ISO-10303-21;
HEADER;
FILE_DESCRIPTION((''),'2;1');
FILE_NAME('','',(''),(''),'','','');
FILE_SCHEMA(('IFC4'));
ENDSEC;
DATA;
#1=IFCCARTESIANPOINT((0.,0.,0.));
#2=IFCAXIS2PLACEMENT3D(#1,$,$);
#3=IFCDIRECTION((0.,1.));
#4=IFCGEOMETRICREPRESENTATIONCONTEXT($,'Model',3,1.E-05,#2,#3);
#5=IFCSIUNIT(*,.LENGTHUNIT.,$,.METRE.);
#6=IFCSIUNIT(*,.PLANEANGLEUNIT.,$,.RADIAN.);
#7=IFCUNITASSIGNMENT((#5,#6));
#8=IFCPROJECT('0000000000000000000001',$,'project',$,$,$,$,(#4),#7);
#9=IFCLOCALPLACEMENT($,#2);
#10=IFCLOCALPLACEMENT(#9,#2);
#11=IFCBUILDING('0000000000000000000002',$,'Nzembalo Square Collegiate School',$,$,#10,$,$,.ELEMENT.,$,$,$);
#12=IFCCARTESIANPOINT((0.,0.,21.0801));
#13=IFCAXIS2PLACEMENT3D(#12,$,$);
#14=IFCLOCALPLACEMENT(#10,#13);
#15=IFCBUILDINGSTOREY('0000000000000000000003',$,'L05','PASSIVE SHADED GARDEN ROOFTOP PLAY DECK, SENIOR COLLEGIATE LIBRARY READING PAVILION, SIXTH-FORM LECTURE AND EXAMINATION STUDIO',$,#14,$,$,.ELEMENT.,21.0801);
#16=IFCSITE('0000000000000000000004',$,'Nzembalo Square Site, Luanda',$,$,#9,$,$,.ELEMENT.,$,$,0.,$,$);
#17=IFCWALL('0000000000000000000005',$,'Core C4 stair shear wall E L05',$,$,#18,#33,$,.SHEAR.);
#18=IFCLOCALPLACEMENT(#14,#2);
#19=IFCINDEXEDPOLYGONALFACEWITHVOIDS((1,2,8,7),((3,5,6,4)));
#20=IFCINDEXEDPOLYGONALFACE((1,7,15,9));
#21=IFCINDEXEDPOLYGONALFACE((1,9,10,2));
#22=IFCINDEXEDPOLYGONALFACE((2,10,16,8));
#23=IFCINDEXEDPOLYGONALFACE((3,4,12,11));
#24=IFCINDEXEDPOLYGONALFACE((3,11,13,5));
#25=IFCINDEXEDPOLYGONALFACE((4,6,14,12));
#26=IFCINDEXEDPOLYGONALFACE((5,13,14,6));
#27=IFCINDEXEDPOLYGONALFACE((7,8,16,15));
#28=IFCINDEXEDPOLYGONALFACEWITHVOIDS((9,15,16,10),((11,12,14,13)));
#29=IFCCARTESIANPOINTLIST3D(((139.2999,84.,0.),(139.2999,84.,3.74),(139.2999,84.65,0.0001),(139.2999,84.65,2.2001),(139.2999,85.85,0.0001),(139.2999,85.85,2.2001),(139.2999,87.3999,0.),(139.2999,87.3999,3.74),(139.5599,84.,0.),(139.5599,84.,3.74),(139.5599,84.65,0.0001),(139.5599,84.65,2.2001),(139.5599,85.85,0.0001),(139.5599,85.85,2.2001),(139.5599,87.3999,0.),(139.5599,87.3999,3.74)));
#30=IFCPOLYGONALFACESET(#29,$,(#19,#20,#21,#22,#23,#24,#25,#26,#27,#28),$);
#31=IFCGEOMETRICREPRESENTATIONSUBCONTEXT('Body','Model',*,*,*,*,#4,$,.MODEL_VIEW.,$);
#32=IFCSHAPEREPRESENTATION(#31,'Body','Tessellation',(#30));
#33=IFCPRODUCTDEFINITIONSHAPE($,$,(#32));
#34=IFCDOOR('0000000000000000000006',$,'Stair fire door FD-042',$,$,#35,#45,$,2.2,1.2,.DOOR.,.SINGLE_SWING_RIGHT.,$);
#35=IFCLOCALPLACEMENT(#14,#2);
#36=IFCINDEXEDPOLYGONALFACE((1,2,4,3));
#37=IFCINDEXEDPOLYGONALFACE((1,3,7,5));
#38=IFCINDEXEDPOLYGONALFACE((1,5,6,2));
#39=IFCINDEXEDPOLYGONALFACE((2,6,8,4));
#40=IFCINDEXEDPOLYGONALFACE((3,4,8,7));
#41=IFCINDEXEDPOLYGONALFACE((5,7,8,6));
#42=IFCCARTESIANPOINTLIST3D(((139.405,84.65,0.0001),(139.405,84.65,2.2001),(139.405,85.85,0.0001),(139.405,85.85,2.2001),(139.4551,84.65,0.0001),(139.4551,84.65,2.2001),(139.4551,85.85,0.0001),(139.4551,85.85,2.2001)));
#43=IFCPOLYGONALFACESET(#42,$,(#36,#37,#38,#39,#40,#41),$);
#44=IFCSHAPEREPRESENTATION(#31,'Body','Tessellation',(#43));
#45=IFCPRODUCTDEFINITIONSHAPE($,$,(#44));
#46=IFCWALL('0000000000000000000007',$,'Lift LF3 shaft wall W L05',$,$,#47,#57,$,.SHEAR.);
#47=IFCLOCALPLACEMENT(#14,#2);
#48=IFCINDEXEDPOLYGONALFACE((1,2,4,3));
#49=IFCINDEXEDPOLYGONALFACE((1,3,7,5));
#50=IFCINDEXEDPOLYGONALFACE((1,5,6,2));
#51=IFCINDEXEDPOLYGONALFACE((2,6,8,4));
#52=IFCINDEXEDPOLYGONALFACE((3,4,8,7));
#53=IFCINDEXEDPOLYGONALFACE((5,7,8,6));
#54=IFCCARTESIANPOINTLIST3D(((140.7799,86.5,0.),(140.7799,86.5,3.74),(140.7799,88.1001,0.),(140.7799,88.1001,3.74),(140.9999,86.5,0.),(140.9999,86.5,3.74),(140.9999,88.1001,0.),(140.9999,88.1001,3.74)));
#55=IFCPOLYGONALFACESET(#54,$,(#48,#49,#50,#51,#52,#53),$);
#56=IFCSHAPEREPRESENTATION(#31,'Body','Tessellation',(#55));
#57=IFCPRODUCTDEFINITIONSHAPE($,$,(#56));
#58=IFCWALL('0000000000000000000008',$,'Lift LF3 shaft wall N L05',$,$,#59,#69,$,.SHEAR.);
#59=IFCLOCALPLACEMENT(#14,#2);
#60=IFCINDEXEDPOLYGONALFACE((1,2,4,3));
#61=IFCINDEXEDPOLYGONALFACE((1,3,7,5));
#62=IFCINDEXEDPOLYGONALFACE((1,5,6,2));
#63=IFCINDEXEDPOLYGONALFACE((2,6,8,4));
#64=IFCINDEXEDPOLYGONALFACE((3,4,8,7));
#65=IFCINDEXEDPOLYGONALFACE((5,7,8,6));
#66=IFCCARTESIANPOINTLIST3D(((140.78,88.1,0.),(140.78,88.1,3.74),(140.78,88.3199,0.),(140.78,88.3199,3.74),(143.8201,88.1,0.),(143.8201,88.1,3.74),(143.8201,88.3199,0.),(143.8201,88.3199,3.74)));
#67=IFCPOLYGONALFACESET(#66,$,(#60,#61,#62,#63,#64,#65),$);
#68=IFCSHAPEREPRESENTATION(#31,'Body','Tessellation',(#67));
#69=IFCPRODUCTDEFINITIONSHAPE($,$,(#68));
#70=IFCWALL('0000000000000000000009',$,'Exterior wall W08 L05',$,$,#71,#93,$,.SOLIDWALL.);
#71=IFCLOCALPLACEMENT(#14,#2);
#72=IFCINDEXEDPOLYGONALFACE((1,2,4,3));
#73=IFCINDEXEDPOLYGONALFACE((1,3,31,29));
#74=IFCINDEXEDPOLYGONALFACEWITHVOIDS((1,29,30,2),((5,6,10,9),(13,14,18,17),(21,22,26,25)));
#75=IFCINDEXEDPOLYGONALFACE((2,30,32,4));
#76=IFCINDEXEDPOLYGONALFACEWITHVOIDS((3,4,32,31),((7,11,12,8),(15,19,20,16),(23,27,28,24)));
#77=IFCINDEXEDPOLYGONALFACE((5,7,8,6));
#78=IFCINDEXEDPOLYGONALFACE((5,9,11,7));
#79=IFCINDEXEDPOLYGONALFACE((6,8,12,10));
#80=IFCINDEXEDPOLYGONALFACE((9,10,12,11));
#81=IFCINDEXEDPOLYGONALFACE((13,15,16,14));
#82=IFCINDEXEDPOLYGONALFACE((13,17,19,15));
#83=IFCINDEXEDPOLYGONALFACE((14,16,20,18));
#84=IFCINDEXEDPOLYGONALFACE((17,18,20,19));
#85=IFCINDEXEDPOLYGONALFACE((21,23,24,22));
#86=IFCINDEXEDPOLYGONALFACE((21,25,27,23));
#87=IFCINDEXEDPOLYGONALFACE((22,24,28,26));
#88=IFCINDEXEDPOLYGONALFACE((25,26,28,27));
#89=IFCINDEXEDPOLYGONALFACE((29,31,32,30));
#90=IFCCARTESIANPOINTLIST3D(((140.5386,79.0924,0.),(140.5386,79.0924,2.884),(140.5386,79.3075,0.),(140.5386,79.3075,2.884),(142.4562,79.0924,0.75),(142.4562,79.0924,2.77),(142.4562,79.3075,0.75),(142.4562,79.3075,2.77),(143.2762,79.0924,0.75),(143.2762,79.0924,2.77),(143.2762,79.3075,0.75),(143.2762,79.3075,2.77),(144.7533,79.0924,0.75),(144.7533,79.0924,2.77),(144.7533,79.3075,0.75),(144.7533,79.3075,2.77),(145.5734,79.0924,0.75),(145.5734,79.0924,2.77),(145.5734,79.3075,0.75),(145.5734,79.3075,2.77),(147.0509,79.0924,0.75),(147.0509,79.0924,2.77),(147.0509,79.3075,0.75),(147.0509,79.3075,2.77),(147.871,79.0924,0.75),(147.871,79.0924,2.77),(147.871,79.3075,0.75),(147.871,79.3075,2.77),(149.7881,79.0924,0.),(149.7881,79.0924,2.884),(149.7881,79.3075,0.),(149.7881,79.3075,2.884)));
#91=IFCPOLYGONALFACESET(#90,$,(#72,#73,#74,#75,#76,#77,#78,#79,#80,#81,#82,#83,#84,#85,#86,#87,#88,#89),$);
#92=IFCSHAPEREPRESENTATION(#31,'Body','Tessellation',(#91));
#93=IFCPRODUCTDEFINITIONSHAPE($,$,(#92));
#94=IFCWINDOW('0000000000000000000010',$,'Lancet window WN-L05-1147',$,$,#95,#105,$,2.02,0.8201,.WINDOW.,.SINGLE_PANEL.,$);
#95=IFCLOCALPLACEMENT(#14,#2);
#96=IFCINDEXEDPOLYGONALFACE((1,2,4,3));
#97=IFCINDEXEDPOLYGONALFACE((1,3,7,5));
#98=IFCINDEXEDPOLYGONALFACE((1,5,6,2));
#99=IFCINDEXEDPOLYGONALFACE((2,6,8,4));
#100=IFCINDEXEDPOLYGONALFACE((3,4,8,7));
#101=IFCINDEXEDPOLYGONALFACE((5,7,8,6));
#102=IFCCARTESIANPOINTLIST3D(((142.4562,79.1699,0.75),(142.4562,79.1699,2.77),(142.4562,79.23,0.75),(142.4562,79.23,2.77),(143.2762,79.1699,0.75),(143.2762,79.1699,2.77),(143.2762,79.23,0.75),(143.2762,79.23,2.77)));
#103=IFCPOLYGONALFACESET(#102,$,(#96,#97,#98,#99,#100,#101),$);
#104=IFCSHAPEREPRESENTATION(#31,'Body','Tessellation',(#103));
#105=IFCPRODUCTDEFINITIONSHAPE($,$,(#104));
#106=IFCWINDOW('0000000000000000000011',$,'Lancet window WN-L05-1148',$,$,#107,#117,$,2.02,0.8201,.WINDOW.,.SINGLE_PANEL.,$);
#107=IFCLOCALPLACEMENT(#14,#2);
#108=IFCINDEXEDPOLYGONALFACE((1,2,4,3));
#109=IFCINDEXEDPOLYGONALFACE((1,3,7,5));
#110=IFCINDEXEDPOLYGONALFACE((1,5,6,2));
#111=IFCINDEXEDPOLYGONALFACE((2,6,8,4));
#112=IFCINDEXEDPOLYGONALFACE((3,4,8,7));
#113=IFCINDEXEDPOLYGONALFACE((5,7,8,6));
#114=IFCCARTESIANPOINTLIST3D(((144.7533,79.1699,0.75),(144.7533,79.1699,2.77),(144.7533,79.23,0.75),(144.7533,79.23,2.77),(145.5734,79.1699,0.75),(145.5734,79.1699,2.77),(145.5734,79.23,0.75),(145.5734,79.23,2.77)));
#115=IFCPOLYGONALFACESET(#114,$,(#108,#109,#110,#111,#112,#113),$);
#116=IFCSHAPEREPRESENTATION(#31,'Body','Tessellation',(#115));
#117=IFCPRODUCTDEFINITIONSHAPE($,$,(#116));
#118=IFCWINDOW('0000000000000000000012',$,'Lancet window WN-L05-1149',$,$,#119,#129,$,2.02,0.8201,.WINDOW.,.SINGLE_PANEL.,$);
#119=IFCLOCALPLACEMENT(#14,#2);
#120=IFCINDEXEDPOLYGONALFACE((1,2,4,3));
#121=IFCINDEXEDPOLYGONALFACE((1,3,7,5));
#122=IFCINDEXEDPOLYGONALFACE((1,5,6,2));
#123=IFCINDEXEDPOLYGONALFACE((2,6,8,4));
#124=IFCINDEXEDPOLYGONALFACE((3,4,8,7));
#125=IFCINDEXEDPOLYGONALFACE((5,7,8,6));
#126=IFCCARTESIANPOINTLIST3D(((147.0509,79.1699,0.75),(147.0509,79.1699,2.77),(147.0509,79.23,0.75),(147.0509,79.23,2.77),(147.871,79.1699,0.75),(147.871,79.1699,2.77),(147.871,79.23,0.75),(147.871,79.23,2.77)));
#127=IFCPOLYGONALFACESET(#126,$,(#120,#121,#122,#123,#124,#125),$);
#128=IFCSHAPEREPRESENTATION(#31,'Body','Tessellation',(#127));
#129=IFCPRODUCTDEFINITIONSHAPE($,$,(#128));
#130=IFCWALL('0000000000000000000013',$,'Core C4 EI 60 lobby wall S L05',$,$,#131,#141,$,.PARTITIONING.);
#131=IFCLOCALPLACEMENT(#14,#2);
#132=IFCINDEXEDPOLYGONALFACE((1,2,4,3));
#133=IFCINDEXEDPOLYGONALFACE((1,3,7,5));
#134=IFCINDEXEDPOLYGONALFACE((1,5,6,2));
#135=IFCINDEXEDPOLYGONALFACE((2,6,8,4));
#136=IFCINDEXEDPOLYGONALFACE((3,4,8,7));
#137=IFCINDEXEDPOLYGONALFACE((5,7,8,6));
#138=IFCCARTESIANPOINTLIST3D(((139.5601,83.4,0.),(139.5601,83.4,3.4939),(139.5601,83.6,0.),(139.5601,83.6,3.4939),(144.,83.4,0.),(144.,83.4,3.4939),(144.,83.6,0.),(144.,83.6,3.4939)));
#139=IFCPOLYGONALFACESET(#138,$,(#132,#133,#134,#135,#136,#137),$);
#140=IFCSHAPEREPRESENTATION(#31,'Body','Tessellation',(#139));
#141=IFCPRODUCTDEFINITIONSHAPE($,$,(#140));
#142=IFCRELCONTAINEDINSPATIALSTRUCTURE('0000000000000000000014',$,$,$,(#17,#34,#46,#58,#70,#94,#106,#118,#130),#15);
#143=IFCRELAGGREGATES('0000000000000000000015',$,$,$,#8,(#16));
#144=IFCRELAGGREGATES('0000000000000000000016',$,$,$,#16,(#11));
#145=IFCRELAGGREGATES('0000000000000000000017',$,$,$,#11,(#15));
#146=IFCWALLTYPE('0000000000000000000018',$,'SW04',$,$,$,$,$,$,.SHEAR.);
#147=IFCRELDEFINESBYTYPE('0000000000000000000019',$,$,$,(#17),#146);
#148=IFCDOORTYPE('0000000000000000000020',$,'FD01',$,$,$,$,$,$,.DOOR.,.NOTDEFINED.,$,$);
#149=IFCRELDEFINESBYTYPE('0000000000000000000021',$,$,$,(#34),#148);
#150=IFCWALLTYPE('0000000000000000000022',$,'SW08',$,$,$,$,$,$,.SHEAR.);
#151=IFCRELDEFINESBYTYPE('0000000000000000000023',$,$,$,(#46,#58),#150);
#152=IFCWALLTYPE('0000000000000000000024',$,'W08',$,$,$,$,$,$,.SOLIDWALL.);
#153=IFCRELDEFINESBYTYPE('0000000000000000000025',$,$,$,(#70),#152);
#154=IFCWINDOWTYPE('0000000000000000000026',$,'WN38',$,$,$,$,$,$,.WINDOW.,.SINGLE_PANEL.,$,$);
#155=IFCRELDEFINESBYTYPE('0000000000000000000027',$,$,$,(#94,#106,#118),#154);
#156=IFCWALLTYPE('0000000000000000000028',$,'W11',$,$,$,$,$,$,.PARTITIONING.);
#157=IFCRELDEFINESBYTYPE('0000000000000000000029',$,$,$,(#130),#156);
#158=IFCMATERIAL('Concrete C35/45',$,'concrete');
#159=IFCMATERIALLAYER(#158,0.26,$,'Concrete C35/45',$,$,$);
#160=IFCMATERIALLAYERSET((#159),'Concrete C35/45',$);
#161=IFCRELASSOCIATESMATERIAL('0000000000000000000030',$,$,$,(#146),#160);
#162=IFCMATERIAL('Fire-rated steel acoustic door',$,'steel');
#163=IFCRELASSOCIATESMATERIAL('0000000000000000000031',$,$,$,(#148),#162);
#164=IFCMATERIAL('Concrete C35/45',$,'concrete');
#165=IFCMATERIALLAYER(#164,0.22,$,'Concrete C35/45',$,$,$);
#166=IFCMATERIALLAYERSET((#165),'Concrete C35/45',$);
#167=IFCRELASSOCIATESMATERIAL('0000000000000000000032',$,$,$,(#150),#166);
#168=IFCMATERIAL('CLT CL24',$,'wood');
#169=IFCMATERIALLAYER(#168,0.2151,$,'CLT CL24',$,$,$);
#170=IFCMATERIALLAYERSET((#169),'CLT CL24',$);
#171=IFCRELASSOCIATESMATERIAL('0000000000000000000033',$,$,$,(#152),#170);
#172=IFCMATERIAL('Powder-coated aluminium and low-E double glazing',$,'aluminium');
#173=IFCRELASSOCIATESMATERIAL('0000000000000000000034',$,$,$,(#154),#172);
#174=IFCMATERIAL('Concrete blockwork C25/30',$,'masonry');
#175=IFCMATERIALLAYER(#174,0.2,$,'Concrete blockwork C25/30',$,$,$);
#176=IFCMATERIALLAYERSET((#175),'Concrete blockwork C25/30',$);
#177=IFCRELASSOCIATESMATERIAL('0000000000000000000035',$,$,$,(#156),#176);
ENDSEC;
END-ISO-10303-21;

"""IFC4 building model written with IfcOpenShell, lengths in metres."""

from ifc_helpers import new_model, si_unit, direction, frame, frame_2d, origin, place, context, subcontext, project, spatial, rectangle, extrude, material, layer, layer_set, type_object, element, fill, save


model = new_model("IFC4")

# Units and contexts
model_context = context("Model", 3, precision=1e-05, world=origin(), true_north=direction((0.0, 1.0)))
body_context = subcontext(model_context, "Body", "Model", "MODEL_VIEW")
ifc_project = project(units=[si_unit("LENGTHUNIT", "METRE"), si_unit("PLANEANGLEUNIT", "RADIAN")], contexts=[model_context])

# Site, building, storey
site_placement = place(None, origin())
site = spatial("IfcSite", under=ifc_project, at=site_placement, Name="Nzembalo Square Site, Luanda", CompositionType="ELEMENT", RefElevation=0.0)
building_placement = place(site_placement, origin())
building = spatial("IfcBuilding", under=site, at=building_placement, Name="Nzembalo Square Collegiate School", CompositionType="ELEMENT")
storey_placement = place(building_placement, frame((0.0, 0.0, 21.0801)))
storey = spatial("IfcBuildingStorey", under=building, at=storey_placement, Name="L05", Description="PASSIVE SHADED GARDEN ROOFTOP PLAY DECK, SENIOR COLLEGIATE LIBRARY READING PAVILION, SIXTH-FORM LECTURE AND EXAMINATION STUDIO", CompositionType="ELEMENT", Elevation=21.0801)

# Wall, opening, door
ifc_material_1 = material(Name="Concrete C35/45", Category="concrete")
ifc_layer_1 = layer(ifc_material_1, 0.26, Name="Concrete C35/45")
ifc_layer_set_1 = layer_set([ifc_layer_1], Name="Concrete C35/45")
wall_type_1 = type_object("IfcWallType", Name="SW04", PredefinedType="SHEAR", material=ifc_layer_set_1)
wall_1_placement = place(storey_placement, frame((139.4299, 84.0, 0.0), z_axis=(0.0, 0.0, 1.0), x_axis=(0.0, 1.0, 0.0)))
wall_1 = element("IfcWall", 1, at=wall_1_placement, inside=storey, type_object=wall_type_1, Name="Core C4 stair shear wall E L05", PredefinedType="SHEAR", context=body_context, shape_type="SweptSolid", body=[
    extrude(rectangle(XDim=3.3999, YDim=0.26, at=frame_2d((1.7, 0.0))), origin(), (0.0, 0.0, 1.0), 3.74),
])
opening_1_placement = place(wall_1_placement, frame((0.6499, 0.0, 0.0)))
opening_1 = element("IfcOpeningElement", 2, at=opening_1_placement, cuts=wall_1, PredefinedType="OPENING", context=body_context, shape_type="SweptSolid", body=[
    extrude(rectangle(XDim=1.2, YDim=2.2, at=frame_2d((0.6001, 1.1001))), frame((0.0, 0.1401, 0.0), z_axis=(0.0, -1.0, 0.0), x_axis=(1.0, 0.0, 0.0)), (0.0, 0.0, 1.0), 0.28),
])
ifc_material_2 = material(Name="Fire-rated steel acoustic door", Category="steel")
door_type_1 = type_object("IfcDoorType", Name="FD01", OperationType="NOTDEFINED", PredefinedType="DOOR", material=ifc_material_2)
door_1_placement = place(opening_1_placement, origin())
door_1 = element("IfcDoor", 3, at=door_1_placement, inside=storey, type_object=door_type_1, Name="Stair fire door FD-042", OperationType="SINGLE_SWING_RIGHT", OverallHeight=2.2, OverallWidth=1.2, PredefinedType="DOOR", context=body_context, shape_type="SweptSolid", body=[
    extrude(rectangle(XDim=1.2, YDim=2.2, at=frame_2d((0.6001, 1.1001))), frame((0.0, 0.0249, 0.0), z_axis=(0.0, -1.0, 0.0), x_axis=(1.0, 0.0, 0.0)), (0.0, 0.0, 1.0), 0.05),
])
fill(opening_1, door_1)

# Walls
ifc_material_3 = material(Name="Concrete C35/45", Category="concrete")
ifc_layer_2 = layer(ifc_material_3, 0.22, Name="Concrete C35/45")
ifc_layer_set_2 = layer_set([ifc_layer_2], Name="Concrete C35/45")
wall_type_2 = type_object("IfcWallType", Name="SW08", PredefinedType="SHEAR", material=ifc_layer_set_2)
wall_2_placement = place(storey_placement, frame((140.8899, 86.5, 0.0), z_axis=(0.0, 0.0, 1.0), x_axis=(0.0, 1.0, 0.0)))
element("IfcWall", 4, at=wall_2_placement, inside=storey, type_object=wall_type_2, Name="Lift LF3 shaft wall W L05", PredefinedType="SHEAR", context=body_context, shape_type="SweptSolid", body=[
    extrude(rectangle(XDim=1.6001, YDim=0.22, at=frame_2d((0.8, 0.0))), origin(), (0.0, 0.0, 1.0), 3.74),
])
wall_3_placement = place(storey_placement, frame((140.78, 88.21, 0.0), z_axis=(0.0, 0.0, 1.0), x_axis=(1.0, 0.0, 0.0)))
element("IfcWall", 5, at=wall_3_placement, inside=storey, type_object=wall_type_2, Name="Lift LF3 shaft wall N L05", PredefinedType="SHEAR", context=body_context, shape_type="SweptSolid", body=[
    extrude(rectangle(XDim=3.04, YDim=0.22, at=frame_2d((1.52, 0.0))), origin(), (0.0, 0.0, 1.0), 3.74),
])

# Wall, openings, windows
ifc_material_4 = material(Name="CLT CL24", Category="wood")
ifc_layer_3 = layer(ifc_material_4, 0.2151, Name="CLT CL24")
ifc_layer_set_3 = layer_set([ifc_layer_3], Name="CLT CL24")
wall_type_3 = type_object("IfcWallType", Name="W08", PredefinedType="SOLIDWALL", material=ifc_layer_set_3)
wall_4_placement = place(storey_placement, frame((140.5386, 79.2, 0.0), z_axis=(0.0, 0.0, 1.0), x_axis=(1.0, 0.0, 0.0)))
wall_4 = element("IfcWall", 6, at=wall_4_placement, inside=storey, type_object=wall_type_3, Name="Exterior wall W08 L05", PredefinedType="SOLIDWALL", context=body_context, shape_type="SweptSolid", body=[
    extrude(rectangle(XDim=9.2495, YDim=0.2151, at=frame_2d((4.6248, 0.0))), origin(), (0.0, 0.0, 1.0), 2.884),
])
opening_2_placement = place(wall_4_placement, frame((1.9175, 0.0, 0.75)))
opening_2 = element("IfcOpeningElement", 7, at=opening_2_placement, cuts=wall_4, PredefinedType="OPENING", context=body_context, shape_type="SweptSolid", body=[
    extrude(rectangle(XDim=0.8201, YDim=2.02, at=frame_2d((0.4102, 1.01))), frame((0.0, 0.1177, 0.0), z_axis=(0.0, -1.0, 0.0), x_axis=(1.0, 0.0, 0.0)), (0.0, 0.0, 1.0), 0.2351),
])
opening_3_placement = place(wall_4_placement, frame((4.2146, 0.0, 0.75)))
opening_3 = element("IfcOpeningElement", 8, at=opening_3_placement, cuts=wall_4, PredefinedType="OPENING", context=body_context, shape_type="SweptSolid", body=[
    extrude(rectangle(XDim=0.8201, YDim=2.02, at=frame_2d((0.4102, 1.01))), frame((0.0, 0.1177, 0.0), z_axis=(0.0, -1.0, 0.0), x_axis=(1.0, 0.0, 0.0)), (0.0, 0.0, 1.0), 0.2351),
])
opening_4_placement = place(wall_4_placement, frame((6.5122, 0.0, 0.75)))
opening_4 = element("IfcOpeningElement", 9, at=opening_4_placement, cuts=wall_4, PredefinedType="OPENING", context=body_context, shape_type="SweptSolid", body=[
    extrude(rectangle(XDim=0.8201, YDim=2.02, at=frame_2d((0.4102, 1.01))), frame((0.0, 0.1177, 0.0), z_axis=(0.0, -1.0, 0.0), x_axis=(1.0, 0.0, 0.0)), (0.0, 0.0, 1.0), 0.2351),
])
ifc_material_5 = material(Name="Powder-coated aluminium and low-E double glazing", Category="aluminium")
window_type = type_object("IfcWindowType", Name="WN38", PartitioningType="SINGLE_PANEL", PredefinedType="WINDOW", material=ifc_material_5)
window_1_placement = place(opening_2_placement, origin())
window_1 = element("IfcWindow", 10, at=window_1_placement, inside=storey, type_object=window_type, Name="Lancet window WN-L05-1147", OverallHeight=2.02, OverallWidth=0.8201, PartitioningType="SINGLE_PANEL", PredefinedType="WINDOW", context=body_context, shape_type="SweptSolid", body=[
    extrude(rectangle(XDim=0.8201, YDim=2.02, at=frame_2d((0.4102, 1.01))), frame((0.0, 0.03, 0.0), z_axis=(0.0, -1.0, 0.0), x_axis=(1.0, 0.0, 0.0)), (0.0, 0.0, 1.0), 0.0601),
])
fill(opening_2, window_1)
window_2_placement = place(opening_3_placement, origin())
window_2 = element("IfcWindow", 11, at=window_2_placement, inside=storey, type_object=window_type, Name="Lancet window WN-L05-1148", OverallHeight=2.02, OverallWidth=0.8201, PartitioningType="SINGLE_PANEL", PredefinedType="WINDOW", context=body_context, shape_type="SweptSolid", body=[
    extrude(rectangle(XDim=0.8201, YDim=2.02, at=frame_2d((0.4102, 1.01))), frame((0.0, 0.03, 0.0), z_axis=(0.0, -1.0, 0.0), x_axis=(1.0, 0.0, 0.0)), (0.0, 0.0, 1.0), 0.0601),
])
fill(opening_3, window_2)
window_3_placement = place(opening_4_placement, origin())
window_3 = element("IfcWindow", 12, at=window_3_placement, inside=storey, type_object=window_type, Name="Lancet window WN-L05-1149", OverallHeight=2.02, OverallWidth=0.8201, PartitioningType="SINGLE_PANEL", PredefinedType="WINDOW", context=body_context, shape_type="SweptSolid", body=[
    extrude(rectangle(XDim=0.8201, YDim=2.02, at=frame_2d((0.4102, 1.01))), frame((0.0, 0.03, 0.0), z_axis=(0.0, -1.0, 0.0), x_axis=(1.0, 0.0, 0.0)), (0.0, 0.0, 1.0), 0.0601),
])
fill(opening_4, window_3)

# Wall
ifc_material_6 = material(Name="Concrete blockwork C25/30", Category="masonry")
ifc_layer_4 = layer(ifc_material_6, 0.2, Name="Concrete blockwork C25/30")
ifc_layer_set_4 = layer_set([ifc_layer_4], Name="Concrete blockwork C25/30")
wall_type_4 = type_object("IfcWallType", Name="W11", PredefinedType="PARTITIONING", material=ifc_layer_set_4)
wall_5_placement = place(storey_placement, frame((139.5601, 83.5, 0.0), z_axis=(0.0, 0.0, 1.0), x_axis=(1.0, 0.0, 0.0)))
element("IfcWall", 13, at=wall_5_placement, inside=storey, type_object=wall_type_4, Name="Core C4 EI 60 lobby wall S L05", PredefinedType="PARTITIONING", context=body_context, shape_type="SweptSolid", body=[
    extrude(rectangle(XDim=4.4399, YDim=0.2, at=frame_2d((2.22, 0.0))), origin(), (0.0, 0.0, 1.0), 3.4939),
])

save(model, "model.ifc")
